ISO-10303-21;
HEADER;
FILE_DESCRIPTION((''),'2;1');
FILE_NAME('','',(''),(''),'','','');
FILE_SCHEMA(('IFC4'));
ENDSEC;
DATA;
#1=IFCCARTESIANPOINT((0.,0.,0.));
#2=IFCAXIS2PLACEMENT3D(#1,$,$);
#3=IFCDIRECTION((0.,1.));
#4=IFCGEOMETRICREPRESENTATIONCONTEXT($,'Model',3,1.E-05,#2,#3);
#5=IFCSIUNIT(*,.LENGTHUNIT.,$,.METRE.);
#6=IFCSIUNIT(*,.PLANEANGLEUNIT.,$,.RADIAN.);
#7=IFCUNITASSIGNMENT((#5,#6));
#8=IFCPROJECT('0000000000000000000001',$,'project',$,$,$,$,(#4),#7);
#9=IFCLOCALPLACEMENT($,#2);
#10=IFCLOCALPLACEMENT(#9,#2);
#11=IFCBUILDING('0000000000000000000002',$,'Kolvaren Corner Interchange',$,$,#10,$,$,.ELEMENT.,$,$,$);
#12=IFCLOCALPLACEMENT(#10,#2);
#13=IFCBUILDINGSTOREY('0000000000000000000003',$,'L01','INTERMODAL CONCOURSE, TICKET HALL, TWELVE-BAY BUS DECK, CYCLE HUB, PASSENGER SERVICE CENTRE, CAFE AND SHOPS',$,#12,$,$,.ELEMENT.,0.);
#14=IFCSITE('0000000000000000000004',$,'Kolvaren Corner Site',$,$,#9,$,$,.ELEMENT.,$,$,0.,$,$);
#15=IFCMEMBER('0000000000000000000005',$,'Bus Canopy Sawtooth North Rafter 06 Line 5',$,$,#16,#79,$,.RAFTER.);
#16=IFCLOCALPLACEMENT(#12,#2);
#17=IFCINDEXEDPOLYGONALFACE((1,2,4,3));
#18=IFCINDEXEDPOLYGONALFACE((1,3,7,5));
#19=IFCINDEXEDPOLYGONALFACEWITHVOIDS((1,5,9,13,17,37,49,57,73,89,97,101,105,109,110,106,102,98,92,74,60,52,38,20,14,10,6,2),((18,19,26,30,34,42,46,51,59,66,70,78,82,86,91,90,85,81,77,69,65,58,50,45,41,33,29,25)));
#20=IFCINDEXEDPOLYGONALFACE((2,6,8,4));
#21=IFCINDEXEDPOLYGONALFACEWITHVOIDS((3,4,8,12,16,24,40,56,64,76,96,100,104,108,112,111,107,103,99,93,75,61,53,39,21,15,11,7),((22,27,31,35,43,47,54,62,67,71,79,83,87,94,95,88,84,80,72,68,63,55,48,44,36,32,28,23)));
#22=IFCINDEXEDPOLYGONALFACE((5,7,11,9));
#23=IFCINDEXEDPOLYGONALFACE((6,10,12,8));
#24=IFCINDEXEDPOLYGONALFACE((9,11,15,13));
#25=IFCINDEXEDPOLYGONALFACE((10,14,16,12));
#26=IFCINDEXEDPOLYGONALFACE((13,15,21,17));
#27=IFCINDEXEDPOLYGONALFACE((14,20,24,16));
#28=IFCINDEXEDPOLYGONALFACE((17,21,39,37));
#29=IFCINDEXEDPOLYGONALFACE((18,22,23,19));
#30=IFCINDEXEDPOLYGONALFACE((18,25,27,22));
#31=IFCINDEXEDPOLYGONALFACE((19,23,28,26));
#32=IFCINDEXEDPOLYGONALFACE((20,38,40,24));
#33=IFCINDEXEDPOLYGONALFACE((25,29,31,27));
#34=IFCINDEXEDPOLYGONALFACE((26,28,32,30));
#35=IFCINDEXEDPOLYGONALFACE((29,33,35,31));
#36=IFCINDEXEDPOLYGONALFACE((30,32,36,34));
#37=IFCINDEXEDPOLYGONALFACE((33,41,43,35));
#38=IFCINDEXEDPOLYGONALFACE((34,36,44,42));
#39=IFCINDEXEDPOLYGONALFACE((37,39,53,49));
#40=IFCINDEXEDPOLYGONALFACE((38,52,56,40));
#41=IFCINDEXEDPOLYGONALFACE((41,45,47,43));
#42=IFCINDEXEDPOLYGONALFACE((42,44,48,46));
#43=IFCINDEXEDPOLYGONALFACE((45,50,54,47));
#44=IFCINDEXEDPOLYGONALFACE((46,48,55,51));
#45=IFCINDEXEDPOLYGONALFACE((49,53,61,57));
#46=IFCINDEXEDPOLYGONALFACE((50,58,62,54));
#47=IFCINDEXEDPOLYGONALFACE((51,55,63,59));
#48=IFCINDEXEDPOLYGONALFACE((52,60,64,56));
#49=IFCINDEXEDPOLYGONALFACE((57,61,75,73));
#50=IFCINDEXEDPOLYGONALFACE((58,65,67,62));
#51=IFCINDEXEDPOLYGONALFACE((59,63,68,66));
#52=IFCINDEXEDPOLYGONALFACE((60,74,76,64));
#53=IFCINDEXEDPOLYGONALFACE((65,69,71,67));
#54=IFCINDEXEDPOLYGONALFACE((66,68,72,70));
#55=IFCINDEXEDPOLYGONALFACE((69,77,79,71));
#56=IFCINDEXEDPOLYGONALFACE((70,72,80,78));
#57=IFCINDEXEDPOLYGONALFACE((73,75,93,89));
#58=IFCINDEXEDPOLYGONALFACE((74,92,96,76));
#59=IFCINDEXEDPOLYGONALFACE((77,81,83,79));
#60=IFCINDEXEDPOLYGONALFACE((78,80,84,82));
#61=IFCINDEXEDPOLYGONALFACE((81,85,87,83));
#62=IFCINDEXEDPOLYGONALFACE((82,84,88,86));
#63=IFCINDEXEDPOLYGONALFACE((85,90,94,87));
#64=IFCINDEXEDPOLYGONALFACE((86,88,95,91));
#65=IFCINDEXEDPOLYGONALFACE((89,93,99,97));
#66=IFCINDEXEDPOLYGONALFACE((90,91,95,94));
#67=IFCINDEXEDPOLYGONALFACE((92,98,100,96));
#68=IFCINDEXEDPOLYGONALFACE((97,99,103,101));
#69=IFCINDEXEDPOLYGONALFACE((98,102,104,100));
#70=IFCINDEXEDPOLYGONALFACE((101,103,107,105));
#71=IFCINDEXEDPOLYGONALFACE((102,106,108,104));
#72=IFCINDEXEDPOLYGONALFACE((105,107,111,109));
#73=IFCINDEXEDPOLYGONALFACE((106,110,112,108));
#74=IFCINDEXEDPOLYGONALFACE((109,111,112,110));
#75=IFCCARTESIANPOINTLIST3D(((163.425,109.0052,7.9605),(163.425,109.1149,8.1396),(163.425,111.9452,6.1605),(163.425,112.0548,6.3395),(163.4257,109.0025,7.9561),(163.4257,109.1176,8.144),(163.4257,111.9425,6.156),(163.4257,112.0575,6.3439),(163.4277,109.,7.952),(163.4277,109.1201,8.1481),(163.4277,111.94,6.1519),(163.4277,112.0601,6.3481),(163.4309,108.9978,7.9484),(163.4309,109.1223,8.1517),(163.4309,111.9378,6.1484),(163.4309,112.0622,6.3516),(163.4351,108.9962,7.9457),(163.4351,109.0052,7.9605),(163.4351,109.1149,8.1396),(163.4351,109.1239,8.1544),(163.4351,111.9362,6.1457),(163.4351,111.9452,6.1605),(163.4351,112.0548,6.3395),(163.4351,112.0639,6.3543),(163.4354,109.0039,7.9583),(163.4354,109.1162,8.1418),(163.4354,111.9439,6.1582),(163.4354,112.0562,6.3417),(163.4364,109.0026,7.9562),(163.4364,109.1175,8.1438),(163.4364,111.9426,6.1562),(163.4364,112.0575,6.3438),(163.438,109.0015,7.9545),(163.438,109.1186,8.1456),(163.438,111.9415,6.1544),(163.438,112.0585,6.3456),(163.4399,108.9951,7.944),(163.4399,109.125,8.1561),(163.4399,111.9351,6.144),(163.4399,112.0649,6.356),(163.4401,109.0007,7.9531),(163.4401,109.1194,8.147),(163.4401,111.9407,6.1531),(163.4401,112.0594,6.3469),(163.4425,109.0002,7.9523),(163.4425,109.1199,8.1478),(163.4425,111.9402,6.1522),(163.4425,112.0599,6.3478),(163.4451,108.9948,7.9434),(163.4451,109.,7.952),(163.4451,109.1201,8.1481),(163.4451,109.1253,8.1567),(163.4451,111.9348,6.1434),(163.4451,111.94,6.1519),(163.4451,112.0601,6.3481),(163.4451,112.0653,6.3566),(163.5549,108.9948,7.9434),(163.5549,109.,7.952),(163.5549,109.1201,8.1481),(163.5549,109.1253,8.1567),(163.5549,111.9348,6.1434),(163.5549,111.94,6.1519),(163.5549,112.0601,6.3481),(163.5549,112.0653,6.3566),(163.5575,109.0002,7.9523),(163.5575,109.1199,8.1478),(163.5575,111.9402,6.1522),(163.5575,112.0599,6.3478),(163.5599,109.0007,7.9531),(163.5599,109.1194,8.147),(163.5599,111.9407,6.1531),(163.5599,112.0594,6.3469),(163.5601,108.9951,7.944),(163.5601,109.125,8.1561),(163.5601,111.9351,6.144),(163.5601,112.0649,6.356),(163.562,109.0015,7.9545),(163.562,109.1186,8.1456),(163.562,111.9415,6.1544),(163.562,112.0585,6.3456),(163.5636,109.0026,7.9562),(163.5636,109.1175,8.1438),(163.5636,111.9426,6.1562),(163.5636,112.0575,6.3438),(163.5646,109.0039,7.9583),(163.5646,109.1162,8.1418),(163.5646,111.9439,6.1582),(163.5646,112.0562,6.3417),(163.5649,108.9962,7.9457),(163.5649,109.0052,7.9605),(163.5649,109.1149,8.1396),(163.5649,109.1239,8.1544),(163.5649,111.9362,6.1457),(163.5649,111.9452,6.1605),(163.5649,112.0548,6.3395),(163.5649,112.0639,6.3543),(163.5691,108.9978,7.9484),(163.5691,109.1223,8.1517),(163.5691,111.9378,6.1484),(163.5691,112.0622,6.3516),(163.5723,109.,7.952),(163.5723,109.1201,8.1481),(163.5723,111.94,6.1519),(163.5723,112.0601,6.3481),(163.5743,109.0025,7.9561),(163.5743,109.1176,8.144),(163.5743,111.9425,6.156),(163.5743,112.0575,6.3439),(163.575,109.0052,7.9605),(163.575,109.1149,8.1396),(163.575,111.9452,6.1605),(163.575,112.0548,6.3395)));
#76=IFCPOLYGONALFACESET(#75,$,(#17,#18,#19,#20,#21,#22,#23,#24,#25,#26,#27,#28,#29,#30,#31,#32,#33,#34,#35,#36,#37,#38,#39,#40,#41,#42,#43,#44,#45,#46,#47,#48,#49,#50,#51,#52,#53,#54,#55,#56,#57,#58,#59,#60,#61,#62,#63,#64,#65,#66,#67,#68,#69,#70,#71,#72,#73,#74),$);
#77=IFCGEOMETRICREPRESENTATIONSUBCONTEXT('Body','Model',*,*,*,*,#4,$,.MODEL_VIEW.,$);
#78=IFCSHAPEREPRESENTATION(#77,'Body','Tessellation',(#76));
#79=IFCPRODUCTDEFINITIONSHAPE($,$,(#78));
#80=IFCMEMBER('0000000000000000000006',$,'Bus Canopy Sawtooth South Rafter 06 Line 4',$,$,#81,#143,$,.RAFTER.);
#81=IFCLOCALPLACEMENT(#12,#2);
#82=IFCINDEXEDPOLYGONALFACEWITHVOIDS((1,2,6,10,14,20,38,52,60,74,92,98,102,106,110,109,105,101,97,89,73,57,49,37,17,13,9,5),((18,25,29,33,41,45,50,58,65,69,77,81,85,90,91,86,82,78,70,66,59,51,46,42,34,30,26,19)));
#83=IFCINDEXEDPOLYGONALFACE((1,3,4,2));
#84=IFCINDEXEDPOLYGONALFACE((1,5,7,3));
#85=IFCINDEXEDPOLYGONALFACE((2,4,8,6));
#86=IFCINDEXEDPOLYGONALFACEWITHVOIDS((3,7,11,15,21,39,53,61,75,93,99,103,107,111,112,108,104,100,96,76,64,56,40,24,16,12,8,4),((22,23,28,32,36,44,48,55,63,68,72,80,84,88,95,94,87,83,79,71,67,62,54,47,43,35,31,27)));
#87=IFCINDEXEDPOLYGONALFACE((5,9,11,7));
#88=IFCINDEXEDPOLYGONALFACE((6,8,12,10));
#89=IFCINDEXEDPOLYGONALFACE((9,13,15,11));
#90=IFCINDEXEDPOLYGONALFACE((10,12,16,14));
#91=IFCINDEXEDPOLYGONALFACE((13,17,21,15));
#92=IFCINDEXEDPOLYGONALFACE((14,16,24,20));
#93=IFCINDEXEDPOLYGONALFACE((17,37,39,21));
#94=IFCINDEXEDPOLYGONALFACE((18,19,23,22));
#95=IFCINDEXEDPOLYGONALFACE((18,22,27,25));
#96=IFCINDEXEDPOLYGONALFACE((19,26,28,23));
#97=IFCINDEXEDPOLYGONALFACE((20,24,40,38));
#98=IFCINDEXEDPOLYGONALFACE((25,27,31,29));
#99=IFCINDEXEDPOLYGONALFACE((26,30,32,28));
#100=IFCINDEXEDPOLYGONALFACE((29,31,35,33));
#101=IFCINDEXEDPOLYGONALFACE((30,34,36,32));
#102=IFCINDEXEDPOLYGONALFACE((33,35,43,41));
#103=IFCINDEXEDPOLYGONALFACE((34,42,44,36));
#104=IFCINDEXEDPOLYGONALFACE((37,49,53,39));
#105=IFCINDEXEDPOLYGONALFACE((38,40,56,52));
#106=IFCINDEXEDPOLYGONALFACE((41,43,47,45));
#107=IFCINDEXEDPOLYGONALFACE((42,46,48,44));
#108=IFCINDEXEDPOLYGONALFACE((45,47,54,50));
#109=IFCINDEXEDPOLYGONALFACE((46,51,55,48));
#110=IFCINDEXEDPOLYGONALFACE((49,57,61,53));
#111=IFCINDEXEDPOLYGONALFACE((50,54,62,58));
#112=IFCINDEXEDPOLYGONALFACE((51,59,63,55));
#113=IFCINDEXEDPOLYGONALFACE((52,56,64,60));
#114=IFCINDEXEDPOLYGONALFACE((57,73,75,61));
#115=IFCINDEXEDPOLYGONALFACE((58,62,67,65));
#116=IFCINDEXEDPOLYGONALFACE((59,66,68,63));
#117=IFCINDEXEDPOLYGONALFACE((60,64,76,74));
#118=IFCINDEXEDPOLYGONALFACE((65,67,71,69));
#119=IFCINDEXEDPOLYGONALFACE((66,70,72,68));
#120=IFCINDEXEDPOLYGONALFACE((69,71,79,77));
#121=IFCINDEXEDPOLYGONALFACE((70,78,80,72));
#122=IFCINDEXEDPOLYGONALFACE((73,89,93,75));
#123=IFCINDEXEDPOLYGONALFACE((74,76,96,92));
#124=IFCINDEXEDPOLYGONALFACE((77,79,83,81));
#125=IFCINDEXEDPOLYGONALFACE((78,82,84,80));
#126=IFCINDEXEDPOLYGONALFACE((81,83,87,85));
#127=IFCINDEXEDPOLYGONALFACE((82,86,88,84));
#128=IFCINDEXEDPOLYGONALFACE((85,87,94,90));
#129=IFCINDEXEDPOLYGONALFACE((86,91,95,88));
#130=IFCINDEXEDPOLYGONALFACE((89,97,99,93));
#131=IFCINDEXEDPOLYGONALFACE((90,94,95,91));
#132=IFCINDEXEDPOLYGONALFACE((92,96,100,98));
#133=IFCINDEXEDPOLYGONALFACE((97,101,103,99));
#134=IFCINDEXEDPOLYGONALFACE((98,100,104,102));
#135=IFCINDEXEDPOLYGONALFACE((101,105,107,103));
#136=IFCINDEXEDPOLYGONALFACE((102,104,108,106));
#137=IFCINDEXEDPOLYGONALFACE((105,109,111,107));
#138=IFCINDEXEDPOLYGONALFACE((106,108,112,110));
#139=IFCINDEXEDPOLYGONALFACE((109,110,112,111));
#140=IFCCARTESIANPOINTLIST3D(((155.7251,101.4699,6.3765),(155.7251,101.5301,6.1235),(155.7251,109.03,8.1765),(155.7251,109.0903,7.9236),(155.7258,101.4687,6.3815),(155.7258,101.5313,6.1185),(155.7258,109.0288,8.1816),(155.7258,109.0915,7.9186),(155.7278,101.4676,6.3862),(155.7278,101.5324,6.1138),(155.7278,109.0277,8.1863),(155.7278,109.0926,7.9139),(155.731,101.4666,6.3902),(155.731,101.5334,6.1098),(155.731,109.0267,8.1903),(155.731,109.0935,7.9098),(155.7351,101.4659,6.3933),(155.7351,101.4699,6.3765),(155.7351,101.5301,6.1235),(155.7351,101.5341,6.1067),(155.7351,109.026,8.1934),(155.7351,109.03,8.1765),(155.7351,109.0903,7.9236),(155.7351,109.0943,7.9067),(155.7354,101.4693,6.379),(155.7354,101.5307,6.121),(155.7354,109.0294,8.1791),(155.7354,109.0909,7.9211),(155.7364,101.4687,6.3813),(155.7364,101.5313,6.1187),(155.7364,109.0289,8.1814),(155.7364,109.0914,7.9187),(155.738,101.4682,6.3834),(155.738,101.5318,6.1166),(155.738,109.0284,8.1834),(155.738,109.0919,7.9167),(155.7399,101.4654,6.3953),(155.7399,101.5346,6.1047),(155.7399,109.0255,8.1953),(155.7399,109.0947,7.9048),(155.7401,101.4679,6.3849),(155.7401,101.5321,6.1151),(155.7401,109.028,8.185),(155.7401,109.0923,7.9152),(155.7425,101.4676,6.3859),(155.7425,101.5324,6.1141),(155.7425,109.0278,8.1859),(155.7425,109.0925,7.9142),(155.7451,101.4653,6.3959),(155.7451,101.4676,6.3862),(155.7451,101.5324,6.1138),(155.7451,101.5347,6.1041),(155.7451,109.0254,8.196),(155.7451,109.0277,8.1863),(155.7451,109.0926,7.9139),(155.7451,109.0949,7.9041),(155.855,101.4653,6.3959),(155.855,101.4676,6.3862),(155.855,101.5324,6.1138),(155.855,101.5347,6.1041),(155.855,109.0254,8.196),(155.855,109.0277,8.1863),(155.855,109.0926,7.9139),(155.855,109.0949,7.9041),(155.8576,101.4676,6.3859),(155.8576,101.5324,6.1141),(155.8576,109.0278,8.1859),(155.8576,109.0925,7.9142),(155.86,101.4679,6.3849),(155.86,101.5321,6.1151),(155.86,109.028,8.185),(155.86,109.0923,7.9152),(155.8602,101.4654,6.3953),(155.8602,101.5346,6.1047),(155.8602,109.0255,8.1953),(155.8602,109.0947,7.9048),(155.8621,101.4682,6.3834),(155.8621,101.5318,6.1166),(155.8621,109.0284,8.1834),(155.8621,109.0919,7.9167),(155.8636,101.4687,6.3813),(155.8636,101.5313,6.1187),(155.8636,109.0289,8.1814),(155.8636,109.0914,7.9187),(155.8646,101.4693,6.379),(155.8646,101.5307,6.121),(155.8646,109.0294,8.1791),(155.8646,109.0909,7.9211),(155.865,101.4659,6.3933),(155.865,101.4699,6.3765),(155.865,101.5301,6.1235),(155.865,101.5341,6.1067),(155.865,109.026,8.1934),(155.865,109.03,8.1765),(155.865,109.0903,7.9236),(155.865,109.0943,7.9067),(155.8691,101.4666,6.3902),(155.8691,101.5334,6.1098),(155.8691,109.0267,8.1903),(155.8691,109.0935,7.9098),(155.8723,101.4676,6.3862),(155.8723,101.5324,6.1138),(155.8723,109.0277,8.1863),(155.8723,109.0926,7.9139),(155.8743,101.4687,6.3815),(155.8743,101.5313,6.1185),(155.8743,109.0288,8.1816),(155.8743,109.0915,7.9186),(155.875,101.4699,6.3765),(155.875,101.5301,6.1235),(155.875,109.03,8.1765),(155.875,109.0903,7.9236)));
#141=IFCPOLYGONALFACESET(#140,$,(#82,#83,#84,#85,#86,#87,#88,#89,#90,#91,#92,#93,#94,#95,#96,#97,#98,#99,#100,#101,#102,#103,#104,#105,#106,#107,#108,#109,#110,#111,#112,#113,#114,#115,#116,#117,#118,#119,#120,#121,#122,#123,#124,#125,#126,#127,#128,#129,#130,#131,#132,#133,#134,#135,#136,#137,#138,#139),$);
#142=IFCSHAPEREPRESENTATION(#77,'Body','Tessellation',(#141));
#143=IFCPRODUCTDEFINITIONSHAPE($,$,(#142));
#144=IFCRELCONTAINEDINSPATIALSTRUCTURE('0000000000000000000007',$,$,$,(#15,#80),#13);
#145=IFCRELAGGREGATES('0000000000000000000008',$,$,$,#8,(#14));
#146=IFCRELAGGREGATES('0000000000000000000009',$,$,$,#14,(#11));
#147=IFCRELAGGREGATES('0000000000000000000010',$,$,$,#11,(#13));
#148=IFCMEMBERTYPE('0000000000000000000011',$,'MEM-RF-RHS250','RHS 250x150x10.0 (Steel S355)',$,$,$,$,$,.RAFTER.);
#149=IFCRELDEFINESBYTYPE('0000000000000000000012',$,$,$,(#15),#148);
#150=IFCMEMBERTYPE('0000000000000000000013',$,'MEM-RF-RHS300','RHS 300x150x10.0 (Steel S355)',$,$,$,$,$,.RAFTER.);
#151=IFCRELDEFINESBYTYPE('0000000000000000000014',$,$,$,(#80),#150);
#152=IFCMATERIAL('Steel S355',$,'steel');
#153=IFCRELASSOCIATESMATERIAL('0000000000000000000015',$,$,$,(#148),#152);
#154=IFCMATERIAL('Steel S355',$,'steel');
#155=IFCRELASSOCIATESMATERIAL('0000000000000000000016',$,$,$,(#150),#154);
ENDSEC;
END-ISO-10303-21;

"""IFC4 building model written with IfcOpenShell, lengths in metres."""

from ifc_helpers import new_model, si_unit, direction, frame, origin, origin_2d, place, context, subcontext, project, spatial, hollow_rectangle, extrude, material, material_profile, profile_set, type_object, element, save


model = new_model("IFC4")

# Units and contexts
model_context = context("Model", 3, precision=1e-05, world=origin(), true_north=direction((0.0, 1.0)))
body_context = subcontext(model_context, "Body", "Model", "MODEL_VIEW")
ifc_project = project(units=[si_unit("LENGTHUNIT", "METRE"), si_unit("PLANEANGLEUNIT", "RADIAN")], contexts=[model_context])

# Site, building, storey
site_placement = place(None, origin())
site = spatial("IfcSite", under=ifc_project, at=site_placement, Name="Kolvaren Corner Site", CompositionType="ELEMENT", RefElevation=0.0)
building_placement = place(site_placement, origin())
building = spatial("IfcBuilding", under=site, at=building_placement, Name="Kolvaren Corner Interchange", CompositionType="ELEMENT")
storey_placement = place(building_placement, origin())
storey = spatial("IfcBuildingStorey", under=building, at=storey_placement, Name="L01", Description="INTERMODAL CONCOURSE, TICKET HALL, TWELVE-BAY BUS DECK, CYCLE HUB, PASSENGER SERVICE CENTRE, CAFE AND SHOPS", CompositionType="ELEMENT", Elevation=0.0)

# Members
ifc_material_1 = material(Name="Steel S355", Category="steel")
ifc_material_profile_1 = material_profile(ifc_material_1, hollow_rectangle(XDim=0.1499, YDim=0.25, WallThickness=0.01, InnerFilletRadius=0.01, OuterFilletRadius=0.02, at=origin_2d()), Name="RHS 250x150x10.0")
ifc_profile_set_1 = profile_set([ifc_material_profile_1], Name="Steel S355")
member_type_1 = type_object("IfcMemberType", Name="MEM-RF-RHS250", Description="RHS 250x150x10.0 (Steel S355)", PredefinedType="RAFTER", material=ifc_profile_set_1)
for number, where, z_axis, x_axis, name in (
    (1, (163.5, 109.0601, 8.05), (0.0, 0.85284, -0.522172), (-1.0, 0.0, 0.0), "Bus Canopy Sawtooth North Rafter 06 Line 5"),
):
    element("IfcMember", number, at=place(storey_placement, frame(where, z_axis=z_axis, x_axis=x_axis)), inside=storey, type_object=member_type_1, Name=name, PredefinedType="RAFTER", context=body_context, shape_type="SweptSolid", body=[
        extrude(hollow_rectangle(XDim=0.1499, YDim=0.25, WallThickness=0.01, InnerFilletRadius=0.01, OuterFilletRadius=0.02, at=origin_2d()), origin(), (0.0, 0.0, 1.0), 3.4473),
    ])
ifc_material_2 = material(Name="Steel S355", Category="steel")
ifc_material_profile_2 = material_profile(ifc_material_2, hollow_rectangle(XDim=0.1499, YDim=0.3, WallThickness=0.01, InnerFilletRadius=0.01, OuterFilletRadius=0.02, at=origin_2d()), Name="RHS 300x150x10.0")
ifc_profile_set_2 = profile_set([ifc_material_profile_2], Name="Steel S355")
member_type_2 = type_object("IfcMemberType", Name="MEM-RF-RHS300", Description="RHS 300x150x10.0 (Steel S355)", PredefinedType="RAFTER", material=ifc_profile_set_2)
for number, where, z_axis, x_axis, name in (
    (2, (155.8, 101.5, 6.25), (0.0, 0.972805, 0.231625), (-1.0, 0.0, 0.0), "Bus Canopy Sawtooth South Rafter 06 Line 4"),
):
    element("IfcMember", number, at=place(storey_placement, frame(where, z_axis=z_axis, x_axis=x_axis)), inside=storey, type_object=member_type_2, Name=name, PredefinedType="RAFTER", context=body_context, shape_type="SweptSolid", body=[
        extrude(hollow_rectangle(XDim=0.1499, YDim=0.3, WallThickness=0.01, InnerFilletRadius=0.01, OuterFilletRadius=0.02, at=origin_2d()), origin(), (0.0, 0.0, 1.0), 7.7715),
    ])

save(model, "model.ifc")
